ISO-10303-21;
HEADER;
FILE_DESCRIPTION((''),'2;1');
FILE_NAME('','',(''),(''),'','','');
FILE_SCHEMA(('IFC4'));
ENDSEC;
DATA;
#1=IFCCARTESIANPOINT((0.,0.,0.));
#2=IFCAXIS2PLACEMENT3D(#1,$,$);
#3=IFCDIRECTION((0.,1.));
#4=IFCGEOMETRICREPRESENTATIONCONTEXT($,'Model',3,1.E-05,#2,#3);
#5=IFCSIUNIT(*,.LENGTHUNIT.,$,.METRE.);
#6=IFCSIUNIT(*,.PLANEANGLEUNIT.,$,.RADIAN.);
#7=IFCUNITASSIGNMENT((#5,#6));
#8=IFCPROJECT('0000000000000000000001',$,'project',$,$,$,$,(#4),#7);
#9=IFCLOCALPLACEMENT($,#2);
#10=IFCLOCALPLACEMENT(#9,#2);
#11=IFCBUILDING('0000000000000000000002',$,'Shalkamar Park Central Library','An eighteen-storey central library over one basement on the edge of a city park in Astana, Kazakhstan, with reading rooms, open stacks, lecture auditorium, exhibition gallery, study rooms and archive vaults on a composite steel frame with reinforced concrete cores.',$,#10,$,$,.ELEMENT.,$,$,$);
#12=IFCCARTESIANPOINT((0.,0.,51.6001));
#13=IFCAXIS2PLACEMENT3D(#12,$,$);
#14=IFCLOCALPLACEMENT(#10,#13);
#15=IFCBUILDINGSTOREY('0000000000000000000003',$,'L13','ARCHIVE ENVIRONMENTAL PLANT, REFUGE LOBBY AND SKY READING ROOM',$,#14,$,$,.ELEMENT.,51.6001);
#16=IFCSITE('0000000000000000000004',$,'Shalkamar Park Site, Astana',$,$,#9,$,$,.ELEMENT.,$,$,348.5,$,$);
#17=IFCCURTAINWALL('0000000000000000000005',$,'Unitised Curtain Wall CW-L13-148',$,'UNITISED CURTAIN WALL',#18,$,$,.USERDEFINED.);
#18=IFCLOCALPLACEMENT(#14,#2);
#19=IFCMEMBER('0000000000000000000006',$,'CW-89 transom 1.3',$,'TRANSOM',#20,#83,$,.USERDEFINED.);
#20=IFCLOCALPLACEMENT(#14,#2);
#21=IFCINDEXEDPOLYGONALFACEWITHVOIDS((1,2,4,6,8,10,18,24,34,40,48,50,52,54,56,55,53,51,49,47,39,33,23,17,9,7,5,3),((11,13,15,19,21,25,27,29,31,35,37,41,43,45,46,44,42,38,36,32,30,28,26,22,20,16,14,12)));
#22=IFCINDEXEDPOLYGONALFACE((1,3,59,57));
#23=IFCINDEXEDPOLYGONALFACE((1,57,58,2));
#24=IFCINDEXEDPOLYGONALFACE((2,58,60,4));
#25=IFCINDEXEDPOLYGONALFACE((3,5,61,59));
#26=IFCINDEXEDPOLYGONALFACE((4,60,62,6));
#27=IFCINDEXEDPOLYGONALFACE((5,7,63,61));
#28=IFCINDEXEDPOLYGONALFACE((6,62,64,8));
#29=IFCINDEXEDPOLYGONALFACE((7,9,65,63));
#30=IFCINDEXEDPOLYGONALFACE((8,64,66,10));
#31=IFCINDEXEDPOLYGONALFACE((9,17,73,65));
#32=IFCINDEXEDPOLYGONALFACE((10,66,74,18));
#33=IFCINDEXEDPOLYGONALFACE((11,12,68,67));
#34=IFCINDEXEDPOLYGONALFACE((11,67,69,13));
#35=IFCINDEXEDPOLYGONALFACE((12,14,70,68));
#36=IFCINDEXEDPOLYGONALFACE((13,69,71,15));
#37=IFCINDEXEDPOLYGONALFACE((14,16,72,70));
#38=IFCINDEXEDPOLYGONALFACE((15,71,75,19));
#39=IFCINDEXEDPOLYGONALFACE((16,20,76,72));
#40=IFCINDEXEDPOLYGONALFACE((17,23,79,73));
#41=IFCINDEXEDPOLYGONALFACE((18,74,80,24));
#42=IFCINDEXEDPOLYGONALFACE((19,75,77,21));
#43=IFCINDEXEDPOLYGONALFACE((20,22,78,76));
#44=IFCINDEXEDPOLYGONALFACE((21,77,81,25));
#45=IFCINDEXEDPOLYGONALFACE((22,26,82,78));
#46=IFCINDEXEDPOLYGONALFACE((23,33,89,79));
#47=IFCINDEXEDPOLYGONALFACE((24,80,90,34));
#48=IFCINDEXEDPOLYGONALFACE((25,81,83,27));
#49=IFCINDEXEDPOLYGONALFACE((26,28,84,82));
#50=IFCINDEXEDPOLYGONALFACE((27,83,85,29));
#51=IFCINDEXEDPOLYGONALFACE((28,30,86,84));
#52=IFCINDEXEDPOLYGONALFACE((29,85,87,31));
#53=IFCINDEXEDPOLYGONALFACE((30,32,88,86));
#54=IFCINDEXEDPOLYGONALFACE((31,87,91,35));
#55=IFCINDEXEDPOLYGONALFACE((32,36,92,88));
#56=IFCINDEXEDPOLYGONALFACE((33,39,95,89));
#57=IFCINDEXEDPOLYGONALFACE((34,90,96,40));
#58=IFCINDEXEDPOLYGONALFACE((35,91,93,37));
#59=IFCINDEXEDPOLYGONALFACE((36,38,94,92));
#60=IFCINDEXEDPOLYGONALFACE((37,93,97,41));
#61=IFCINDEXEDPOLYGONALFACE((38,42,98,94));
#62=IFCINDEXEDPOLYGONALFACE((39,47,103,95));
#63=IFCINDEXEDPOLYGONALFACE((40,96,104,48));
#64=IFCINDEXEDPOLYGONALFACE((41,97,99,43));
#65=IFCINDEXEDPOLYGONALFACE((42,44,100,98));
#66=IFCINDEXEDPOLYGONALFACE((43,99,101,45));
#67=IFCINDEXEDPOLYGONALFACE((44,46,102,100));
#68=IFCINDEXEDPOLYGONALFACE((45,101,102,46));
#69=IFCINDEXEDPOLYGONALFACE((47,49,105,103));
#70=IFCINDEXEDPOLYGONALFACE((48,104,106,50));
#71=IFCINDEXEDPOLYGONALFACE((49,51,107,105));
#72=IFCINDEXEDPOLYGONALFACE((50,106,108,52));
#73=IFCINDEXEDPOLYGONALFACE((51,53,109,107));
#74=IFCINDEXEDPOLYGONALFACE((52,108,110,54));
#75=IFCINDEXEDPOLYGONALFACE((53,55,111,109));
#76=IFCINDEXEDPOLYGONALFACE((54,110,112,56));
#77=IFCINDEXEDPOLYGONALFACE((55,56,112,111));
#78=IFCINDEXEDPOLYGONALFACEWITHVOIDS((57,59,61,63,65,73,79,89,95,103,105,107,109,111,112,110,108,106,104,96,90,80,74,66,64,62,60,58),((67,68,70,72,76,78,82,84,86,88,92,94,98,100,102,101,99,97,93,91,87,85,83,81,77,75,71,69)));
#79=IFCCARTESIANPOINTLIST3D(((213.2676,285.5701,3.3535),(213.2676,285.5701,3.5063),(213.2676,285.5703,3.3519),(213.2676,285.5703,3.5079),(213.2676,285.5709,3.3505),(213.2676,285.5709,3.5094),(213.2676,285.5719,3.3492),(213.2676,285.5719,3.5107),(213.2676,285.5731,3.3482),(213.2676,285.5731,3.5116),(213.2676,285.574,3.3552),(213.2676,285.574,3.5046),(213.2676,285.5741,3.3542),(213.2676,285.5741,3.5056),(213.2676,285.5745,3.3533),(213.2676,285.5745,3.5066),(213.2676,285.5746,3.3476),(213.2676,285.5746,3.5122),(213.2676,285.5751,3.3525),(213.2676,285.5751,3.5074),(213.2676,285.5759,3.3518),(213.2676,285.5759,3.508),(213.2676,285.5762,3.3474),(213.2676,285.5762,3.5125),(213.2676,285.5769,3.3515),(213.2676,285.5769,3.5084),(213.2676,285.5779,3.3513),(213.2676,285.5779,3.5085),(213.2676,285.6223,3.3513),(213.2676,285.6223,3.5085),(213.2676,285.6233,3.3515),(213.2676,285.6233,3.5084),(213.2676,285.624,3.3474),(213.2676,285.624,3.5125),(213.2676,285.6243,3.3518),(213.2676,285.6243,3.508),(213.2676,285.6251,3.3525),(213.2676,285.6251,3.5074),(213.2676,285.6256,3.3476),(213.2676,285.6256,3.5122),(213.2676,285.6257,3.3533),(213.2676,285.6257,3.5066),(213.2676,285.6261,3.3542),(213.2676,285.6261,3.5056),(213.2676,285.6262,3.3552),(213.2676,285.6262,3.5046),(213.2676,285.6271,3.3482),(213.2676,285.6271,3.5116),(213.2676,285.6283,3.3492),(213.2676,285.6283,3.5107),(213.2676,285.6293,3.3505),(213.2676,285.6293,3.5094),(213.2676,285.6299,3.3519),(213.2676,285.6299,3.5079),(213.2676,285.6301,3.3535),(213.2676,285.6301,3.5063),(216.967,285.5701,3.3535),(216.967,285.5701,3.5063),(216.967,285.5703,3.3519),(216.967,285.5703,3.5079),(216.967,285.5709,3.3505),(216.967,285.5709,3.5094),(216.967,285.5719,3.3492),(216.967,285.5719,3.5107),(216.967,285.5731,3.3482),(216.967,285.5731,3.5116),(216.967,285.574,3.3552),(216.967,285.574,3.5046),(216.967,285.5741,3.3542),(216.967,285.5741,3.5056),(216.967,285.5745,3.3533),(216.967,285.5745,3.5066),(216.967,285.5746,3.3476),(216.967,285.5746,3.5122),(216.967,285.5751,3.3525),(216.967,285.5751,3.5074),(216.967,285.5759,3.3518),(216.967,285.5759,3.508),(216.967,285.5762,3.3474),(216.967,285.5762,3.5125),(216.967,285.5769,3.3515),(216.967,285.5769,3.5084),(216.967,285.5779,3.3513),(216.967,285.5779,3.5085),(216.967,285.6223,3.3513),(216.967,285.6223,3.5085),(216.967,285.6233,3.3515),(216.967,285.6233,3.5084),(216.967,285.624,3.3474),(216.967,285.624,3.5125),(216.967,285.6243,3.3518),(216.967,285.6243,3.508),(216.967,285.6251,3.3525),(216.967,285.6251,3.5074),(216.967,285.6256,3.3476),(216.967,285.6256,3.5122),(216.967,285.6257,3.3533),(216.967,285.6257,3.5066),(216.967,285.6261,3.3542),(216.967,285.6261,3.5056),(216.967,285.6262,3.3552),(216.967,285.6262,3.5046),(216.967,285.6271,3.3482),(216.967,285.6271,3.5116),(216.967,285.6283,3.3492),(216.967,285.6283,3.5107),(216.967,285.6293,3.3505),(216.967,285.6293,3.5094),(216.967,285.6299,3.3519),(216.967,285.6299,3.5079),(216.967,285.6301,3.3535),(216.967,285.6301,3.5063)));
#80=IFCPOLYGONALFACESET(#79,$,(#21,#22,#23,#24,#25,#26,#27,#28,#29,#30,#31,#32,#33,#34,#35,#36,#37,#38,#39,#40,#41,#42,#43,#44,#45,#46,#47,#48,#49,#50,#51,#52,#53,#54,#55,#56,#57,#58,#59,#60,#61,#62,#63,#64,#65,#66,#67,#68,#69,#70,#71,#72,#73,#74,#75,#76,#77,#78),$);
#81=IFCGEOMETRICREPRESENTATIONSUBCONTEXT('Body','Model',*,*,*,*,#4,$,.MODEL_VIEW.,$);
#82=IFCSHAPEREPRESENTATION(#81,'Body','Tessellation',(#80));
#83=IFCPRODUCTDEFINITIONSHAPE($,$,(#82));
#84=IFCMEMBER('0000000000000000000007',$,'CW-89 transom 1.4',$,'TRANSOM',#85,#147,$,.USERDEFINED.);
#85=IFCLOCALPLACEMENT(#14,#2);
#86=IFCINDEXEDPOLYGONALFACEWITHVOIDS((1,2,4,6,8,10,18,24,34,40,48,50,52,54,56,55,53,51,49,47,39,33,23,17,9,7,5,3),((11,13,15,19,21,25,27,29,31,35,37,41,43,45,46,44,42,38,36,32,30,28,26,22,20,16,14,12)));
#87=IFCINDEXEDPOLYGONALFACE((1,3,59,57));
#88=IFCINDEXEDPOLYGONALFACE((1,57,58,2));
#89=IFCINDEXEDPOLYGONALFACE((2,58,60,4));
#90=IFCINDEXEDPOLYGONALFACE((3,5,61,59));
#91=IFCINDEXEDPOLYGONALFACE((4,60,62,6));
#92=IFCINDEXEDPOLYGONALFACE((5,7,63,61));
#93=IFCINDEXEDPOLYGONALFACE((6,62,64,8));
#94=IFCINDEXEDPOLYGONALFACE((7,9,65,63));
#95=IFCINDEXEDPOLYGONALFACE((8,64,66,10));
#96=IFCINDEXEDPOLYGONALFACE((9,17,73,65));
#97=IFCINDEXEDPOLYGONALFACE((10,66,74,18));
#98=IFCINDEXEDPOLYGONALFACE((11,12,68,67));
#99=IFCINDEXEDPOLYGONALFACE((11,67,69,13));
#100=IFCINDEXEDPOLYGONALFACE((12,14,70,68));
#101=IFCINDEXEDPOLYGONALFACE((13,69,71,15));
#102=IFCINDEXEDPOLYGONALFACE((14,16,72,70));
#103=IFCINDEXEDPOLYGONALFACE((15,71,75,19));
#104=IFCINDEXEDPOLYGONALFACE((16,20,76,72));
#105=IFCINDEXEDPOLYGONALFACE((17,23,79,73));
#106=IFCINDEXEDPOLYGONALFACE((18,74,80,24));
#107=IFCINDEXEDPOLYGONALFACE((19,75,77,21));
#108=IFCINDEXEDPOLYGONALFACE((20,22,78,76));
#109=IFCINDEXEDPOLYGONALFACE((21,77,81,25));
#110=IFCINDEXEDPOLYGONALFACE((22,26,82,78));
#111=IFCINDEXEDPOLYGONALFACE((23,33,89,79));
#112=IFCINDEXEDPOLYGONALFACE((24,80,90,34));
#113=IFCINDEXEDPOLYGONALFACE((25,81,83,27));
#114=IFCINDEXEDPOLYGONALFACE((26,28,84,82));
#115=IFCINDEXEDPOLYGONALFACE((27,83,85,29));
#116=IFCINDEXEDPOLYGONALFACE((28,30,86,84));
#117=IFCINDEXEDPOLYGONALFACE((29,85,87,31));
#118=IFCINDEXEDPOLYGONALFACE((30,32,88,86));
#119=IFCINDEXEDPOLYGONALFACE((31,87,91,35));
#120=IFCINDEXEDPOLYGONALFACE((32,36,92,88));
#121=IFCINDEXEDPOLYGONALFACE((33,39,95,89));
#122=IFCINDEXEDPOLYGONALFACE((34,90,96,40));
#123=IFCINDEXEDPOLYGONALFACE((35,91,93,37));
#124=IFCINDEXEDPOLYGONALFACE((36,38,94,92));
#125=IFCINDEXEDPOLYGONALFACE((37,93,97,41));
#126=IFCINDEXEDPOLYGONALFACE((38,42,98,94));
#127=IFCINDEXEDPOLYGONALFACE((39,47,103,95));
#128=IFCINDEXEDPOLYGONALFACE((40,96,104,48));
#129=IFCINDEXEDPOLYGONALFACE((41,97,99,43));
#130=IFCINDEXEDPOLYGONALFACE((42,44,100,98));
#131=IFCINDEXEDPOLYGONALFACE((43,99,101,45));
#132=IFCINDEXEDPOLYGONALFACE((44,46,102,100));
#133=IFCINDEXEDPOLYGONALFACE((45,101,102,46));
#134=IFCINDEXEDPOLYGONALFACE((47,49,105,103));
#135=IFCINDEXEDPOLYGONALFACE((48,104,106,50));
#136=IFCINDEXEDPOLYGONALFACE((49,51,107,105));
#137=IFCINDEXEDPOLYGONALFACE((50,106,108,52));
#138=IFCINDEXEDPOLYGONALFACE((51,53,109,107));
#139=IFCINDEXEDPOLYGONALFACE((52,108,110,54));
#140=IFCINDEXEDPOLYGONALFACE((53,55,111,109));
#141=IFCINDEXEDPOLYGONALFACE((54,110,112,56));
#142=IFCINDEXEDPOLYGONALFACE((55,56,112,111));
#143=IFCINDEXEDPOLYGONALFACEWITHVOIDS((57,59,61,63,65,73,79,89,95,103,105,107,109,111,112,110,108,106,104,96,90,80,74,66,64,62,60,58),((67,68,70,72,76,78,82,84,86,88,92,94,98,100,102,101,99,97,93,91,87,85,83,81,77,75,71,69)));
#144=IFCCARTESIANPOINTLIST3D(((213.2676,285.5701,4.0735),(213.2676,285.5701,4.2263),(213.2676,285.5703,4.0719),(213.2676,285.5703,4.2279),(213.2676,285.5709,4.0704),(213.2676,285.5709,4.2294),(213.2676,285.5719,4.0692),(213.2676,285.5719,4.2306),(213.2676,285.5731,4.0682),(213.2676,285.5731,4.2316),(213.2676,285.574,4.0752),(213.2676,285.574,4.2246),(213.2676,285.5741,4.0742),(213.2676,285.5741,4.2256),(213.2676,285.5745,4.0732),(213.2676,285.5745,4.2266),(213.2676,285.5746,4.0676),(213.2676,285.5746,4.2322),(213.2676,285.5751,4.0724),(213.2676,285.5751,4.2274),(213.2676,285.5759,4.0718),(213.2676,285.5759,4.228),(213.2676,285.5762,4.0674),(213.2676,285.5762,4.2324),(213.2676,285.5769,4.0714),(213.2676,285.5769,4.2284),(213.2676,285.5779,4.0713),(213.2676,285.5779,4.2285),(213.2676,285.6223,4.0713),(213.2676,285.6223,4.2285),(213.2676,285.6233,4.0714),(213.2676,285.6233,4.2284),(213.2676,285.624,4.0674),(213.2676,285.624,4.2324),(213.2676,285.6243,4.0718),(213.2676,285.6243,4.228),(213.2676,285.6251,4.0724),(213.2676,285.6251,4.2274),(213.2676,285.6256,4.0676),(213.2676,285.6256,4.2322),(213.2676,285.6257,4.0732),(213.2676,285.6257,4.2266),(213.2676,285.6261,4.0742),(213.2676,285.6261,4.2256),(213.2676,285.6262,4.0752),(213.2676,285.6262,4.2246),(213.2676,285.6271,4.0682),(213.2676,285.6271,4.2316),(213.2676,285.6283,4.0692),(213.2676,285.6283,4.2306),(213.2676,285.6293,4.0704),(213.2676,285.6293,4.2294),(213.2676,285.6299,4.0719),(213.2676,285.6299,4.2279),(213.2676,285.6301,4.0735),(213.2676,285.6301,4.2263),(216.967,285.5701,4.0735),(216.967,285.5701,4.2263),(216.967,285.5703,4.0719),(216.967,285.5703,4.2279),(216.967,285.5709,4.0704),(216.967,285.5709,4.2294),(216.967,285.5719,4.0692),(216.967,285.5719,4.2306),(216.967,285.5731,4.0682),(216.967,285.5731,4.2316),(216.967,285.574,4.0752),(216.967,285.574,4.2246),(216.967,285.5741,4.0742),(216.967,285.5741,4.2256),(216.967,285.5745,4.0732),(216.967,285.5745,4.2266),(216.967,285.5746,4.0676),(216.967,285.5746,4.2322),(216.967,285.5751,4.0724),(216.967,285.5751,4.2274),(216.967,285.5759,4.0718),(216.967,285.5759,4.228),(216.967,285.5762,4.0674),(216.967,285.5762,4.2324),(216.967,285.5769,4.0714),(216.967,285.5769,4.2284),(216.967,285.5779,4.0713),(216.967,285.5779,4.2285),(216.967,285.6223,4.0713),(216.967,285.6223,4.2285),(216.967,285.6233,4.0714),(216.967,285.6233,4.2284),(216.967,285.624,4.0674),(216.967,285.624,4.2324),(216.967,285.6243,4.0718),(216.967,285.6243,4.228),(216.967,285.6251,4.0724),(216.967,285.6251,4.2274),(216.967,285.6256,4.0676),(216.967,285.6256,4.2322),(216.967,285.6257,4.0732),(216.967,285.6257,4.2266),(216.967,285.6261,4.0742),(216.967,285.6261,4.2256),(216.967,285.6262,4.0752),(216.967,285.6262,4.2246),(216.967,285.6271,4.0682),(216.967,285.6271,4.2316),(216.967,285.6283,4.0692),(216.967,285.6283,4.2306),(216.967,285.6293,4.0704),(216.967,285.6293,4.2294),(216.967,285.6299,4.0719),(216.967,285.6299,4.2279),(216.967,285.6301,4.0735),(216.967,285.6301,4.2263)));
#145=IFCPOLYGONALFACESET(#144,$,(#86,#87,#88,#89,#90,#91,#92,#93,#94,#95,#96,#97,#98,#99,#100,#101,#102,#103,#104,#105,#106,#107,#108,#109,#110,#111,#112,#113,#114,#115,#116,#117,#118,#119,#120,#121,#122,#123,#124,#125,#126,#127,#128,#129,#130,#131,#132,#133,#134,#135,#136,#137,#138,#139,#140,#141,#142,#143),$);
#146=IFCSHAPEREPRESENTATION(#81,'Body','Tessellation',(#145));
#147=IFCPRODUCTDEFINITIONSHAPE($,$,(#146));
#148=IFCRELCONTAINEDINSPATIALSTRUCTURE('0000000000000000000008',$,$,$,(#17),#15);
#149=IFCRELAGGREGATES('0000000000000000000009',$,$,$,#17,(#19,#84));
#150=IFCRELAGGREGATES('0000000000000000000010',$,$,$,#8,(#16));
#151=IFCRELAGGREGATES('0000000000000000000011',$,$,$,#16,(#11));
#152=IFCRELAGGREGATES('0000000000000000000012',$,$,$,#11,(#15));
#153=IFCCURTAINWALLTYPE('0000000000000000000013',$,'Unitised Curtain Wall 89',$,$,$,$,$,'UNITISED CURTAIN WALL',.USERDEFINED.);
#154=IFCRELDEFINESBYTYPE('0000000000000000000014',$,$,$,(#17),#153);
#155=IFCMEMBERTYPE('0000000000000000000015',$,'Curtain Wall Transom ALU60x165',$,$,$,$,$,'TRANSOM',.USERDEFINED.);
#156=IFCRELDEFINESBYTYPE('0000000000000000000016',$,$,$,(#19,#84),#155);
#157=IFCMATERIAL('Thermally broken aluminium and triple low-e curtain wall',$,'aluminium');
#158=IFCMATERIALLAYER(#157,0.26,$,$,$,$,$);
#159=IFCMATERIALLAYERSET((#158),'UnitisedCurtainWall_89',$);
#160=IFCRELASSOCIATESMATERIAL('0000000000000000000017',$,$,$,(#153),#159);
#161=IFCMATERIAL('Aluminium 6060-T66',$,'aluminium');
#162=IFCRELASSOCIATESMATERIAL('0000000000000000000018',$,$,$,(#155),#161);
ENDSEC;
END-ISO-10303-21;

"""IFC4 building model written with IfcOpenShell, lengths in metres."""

from ifc_helpers import new_model, si_unit, direction, frame, origin, origin_2d, place, context, subcontext, project, spatial, hollow_rectangle, extrude, material, layer, layer_set, material_profile, profile_set, type_object, element, aggregate, save


model = new_model("IFC4")

# Units and contexts
model_context = context("Model", 3, precision=1e-05, world=origin(), true_north=direction((0.0, 1.0)))
body_context = subcontext(model_context, "Body", "Model", "MODEL_VIEW")
ifc_project = project(units=[si_unit("LENGTHUNIT", "METRE"), si_unit("PLANEANGLEUNIT", "RADIAN")], contexts=[model_context])

# Site, building, storey
site_placement = place(None, origin())
site = spatial("IfcSite", under=ifc_project, at=site_placement, Name="Shalkamar Park Site, Astana", CompositionType="ELEMENT", RefElevation=348.5)
building_placement = place(site_placement, origin())
building = spatial("IfcBuilding", under=site, at=building_placement, Name="Shalkamar Park Central Library", Description="An eighteen-storey central library over one basement on the edge of a city park in Astana, Kazakhstan, with reading rooms, open stacks, lecture auditorium, exhibition gallery, study rooms and archive vaults on a composite steel frame with reinforced concrete cores.", CompositionType="ELEMENT")
storey_placement = place(building_placement, frame((0.0, 0.0, 51.6001)))
storey = spatial("IfcBuildingStorey", under=building, at=storey_placement, Name="L13", Description="ARCHIVE ENVIRONMENTAL PLANT, REFUGE LOBBY AND SKY READING ROOM", CompositionType="ELEMENT", Elevation=51.6001)

# Shared definitions
ifc_material_1 = material(Name="Thermally broken aluminium and triple low-e curtain wall", Category="aluminium")
ifc_material_2 = material(Name="Aluminium 6060-T66", Category="aluminium")

# Curtain wall
ifc_layer_1 = layer(ifc_material_1, 0.26)
ifc_layer_set_1 = layer_set([ifc_layer_1], Name="UnitisedCurtainWall_89")
curtain_wall_type_1 = type_object("IfcCurtainWallType", Name="Unitised Curtain Wall 89", ElementType="UNITISED CURTAIN WALL", PredefinedType="USERDEFINED", material=ifc_layer_set_1)
curtain_wall_1_placement = place(storey_placement, origin())
curtain_wall_1 = element("IfcCurtainWall", 1, at=curtain_wall_1_placement, inside=storey, type_object=curtain_wall_type_1, Name="Unitised Curtain Wall CW-L13-148", ObjectType="UNITISED CURTAIN WALL", PredefinedType="USERDEFINED")

# Members
ifc_material_profile_1 = material_profile(ifc_material_2, hollow_rectangle(XDim=0.0601, YDim=0.165, WallThickness=0.0039, InnerFilletRadius=0.0039, OuterFilletRadius=0.0061, at=origin_2d()), Name="ALU 60x165x4")
ifc_profile_set_1 = profile_set([ifc_material_profile_1], Name="Aluminium 6060-T66")
member_type_1 = type_object("IfcMemberType", Name="Curtain Wall Transom ALU60x165", ElementType="TRANSOM", PredefinedType="USERDEFINED", material=ifc_profile_set_1)
member_1_placement = place(storey_placement, frame((213.2676, 285.6001, 3.4299), z_axis=(1.0, 0.0, 0.0), x_axis=(0.0, 1.0, 0.0)))
member_1 = element("IfcMember", 2, at=member_1_placement, type_object=member_type_1, Name="CW-89 transom 1.3", ObjectType="TRANSOM", PredefinedType="USERDEFINED", context=body_context, shape_type="SweptSolid", body=[
    extrude(hollow_rectangle(XDim=0.0601, YDim=0.165, WallThickness=0.0039, InnerFilletRadius=0.0039, OuterFilletRadius=0.0061, at=origin_2d()), origin(), (0.0, 0.0, 1.0), 3.6995),
])
member_2_placement = place(storey_placement, frame((213.2676, 285.6001, 4.1499), z_axis=(1.0, 0.0, 0.0), x_axis=(0.0, 1.0, 0.0)))
member_2 = element("IfcMember", 3, at=member_2_placement, type_object=member_type_1, Name="CW-89 transom 1.4", ObjectType="TRANSOM", PredefinedType="USERDEFINED", context=body_context, shape_type="SweptSolid", body=[
    extrude(hollow_rectangle(XDim=0.0601, YDim=0.165, WallThickness=0.0039, InnerFilletRadius=0.0039, OuterFilletRadius=0.0061, at=origin_2d()), origin(), (0.0, 0.0, 1.0), 3.6995),
])

aggregate(curtain_wall_1, [member_1, member_2])

save(model, "model.ifc")
